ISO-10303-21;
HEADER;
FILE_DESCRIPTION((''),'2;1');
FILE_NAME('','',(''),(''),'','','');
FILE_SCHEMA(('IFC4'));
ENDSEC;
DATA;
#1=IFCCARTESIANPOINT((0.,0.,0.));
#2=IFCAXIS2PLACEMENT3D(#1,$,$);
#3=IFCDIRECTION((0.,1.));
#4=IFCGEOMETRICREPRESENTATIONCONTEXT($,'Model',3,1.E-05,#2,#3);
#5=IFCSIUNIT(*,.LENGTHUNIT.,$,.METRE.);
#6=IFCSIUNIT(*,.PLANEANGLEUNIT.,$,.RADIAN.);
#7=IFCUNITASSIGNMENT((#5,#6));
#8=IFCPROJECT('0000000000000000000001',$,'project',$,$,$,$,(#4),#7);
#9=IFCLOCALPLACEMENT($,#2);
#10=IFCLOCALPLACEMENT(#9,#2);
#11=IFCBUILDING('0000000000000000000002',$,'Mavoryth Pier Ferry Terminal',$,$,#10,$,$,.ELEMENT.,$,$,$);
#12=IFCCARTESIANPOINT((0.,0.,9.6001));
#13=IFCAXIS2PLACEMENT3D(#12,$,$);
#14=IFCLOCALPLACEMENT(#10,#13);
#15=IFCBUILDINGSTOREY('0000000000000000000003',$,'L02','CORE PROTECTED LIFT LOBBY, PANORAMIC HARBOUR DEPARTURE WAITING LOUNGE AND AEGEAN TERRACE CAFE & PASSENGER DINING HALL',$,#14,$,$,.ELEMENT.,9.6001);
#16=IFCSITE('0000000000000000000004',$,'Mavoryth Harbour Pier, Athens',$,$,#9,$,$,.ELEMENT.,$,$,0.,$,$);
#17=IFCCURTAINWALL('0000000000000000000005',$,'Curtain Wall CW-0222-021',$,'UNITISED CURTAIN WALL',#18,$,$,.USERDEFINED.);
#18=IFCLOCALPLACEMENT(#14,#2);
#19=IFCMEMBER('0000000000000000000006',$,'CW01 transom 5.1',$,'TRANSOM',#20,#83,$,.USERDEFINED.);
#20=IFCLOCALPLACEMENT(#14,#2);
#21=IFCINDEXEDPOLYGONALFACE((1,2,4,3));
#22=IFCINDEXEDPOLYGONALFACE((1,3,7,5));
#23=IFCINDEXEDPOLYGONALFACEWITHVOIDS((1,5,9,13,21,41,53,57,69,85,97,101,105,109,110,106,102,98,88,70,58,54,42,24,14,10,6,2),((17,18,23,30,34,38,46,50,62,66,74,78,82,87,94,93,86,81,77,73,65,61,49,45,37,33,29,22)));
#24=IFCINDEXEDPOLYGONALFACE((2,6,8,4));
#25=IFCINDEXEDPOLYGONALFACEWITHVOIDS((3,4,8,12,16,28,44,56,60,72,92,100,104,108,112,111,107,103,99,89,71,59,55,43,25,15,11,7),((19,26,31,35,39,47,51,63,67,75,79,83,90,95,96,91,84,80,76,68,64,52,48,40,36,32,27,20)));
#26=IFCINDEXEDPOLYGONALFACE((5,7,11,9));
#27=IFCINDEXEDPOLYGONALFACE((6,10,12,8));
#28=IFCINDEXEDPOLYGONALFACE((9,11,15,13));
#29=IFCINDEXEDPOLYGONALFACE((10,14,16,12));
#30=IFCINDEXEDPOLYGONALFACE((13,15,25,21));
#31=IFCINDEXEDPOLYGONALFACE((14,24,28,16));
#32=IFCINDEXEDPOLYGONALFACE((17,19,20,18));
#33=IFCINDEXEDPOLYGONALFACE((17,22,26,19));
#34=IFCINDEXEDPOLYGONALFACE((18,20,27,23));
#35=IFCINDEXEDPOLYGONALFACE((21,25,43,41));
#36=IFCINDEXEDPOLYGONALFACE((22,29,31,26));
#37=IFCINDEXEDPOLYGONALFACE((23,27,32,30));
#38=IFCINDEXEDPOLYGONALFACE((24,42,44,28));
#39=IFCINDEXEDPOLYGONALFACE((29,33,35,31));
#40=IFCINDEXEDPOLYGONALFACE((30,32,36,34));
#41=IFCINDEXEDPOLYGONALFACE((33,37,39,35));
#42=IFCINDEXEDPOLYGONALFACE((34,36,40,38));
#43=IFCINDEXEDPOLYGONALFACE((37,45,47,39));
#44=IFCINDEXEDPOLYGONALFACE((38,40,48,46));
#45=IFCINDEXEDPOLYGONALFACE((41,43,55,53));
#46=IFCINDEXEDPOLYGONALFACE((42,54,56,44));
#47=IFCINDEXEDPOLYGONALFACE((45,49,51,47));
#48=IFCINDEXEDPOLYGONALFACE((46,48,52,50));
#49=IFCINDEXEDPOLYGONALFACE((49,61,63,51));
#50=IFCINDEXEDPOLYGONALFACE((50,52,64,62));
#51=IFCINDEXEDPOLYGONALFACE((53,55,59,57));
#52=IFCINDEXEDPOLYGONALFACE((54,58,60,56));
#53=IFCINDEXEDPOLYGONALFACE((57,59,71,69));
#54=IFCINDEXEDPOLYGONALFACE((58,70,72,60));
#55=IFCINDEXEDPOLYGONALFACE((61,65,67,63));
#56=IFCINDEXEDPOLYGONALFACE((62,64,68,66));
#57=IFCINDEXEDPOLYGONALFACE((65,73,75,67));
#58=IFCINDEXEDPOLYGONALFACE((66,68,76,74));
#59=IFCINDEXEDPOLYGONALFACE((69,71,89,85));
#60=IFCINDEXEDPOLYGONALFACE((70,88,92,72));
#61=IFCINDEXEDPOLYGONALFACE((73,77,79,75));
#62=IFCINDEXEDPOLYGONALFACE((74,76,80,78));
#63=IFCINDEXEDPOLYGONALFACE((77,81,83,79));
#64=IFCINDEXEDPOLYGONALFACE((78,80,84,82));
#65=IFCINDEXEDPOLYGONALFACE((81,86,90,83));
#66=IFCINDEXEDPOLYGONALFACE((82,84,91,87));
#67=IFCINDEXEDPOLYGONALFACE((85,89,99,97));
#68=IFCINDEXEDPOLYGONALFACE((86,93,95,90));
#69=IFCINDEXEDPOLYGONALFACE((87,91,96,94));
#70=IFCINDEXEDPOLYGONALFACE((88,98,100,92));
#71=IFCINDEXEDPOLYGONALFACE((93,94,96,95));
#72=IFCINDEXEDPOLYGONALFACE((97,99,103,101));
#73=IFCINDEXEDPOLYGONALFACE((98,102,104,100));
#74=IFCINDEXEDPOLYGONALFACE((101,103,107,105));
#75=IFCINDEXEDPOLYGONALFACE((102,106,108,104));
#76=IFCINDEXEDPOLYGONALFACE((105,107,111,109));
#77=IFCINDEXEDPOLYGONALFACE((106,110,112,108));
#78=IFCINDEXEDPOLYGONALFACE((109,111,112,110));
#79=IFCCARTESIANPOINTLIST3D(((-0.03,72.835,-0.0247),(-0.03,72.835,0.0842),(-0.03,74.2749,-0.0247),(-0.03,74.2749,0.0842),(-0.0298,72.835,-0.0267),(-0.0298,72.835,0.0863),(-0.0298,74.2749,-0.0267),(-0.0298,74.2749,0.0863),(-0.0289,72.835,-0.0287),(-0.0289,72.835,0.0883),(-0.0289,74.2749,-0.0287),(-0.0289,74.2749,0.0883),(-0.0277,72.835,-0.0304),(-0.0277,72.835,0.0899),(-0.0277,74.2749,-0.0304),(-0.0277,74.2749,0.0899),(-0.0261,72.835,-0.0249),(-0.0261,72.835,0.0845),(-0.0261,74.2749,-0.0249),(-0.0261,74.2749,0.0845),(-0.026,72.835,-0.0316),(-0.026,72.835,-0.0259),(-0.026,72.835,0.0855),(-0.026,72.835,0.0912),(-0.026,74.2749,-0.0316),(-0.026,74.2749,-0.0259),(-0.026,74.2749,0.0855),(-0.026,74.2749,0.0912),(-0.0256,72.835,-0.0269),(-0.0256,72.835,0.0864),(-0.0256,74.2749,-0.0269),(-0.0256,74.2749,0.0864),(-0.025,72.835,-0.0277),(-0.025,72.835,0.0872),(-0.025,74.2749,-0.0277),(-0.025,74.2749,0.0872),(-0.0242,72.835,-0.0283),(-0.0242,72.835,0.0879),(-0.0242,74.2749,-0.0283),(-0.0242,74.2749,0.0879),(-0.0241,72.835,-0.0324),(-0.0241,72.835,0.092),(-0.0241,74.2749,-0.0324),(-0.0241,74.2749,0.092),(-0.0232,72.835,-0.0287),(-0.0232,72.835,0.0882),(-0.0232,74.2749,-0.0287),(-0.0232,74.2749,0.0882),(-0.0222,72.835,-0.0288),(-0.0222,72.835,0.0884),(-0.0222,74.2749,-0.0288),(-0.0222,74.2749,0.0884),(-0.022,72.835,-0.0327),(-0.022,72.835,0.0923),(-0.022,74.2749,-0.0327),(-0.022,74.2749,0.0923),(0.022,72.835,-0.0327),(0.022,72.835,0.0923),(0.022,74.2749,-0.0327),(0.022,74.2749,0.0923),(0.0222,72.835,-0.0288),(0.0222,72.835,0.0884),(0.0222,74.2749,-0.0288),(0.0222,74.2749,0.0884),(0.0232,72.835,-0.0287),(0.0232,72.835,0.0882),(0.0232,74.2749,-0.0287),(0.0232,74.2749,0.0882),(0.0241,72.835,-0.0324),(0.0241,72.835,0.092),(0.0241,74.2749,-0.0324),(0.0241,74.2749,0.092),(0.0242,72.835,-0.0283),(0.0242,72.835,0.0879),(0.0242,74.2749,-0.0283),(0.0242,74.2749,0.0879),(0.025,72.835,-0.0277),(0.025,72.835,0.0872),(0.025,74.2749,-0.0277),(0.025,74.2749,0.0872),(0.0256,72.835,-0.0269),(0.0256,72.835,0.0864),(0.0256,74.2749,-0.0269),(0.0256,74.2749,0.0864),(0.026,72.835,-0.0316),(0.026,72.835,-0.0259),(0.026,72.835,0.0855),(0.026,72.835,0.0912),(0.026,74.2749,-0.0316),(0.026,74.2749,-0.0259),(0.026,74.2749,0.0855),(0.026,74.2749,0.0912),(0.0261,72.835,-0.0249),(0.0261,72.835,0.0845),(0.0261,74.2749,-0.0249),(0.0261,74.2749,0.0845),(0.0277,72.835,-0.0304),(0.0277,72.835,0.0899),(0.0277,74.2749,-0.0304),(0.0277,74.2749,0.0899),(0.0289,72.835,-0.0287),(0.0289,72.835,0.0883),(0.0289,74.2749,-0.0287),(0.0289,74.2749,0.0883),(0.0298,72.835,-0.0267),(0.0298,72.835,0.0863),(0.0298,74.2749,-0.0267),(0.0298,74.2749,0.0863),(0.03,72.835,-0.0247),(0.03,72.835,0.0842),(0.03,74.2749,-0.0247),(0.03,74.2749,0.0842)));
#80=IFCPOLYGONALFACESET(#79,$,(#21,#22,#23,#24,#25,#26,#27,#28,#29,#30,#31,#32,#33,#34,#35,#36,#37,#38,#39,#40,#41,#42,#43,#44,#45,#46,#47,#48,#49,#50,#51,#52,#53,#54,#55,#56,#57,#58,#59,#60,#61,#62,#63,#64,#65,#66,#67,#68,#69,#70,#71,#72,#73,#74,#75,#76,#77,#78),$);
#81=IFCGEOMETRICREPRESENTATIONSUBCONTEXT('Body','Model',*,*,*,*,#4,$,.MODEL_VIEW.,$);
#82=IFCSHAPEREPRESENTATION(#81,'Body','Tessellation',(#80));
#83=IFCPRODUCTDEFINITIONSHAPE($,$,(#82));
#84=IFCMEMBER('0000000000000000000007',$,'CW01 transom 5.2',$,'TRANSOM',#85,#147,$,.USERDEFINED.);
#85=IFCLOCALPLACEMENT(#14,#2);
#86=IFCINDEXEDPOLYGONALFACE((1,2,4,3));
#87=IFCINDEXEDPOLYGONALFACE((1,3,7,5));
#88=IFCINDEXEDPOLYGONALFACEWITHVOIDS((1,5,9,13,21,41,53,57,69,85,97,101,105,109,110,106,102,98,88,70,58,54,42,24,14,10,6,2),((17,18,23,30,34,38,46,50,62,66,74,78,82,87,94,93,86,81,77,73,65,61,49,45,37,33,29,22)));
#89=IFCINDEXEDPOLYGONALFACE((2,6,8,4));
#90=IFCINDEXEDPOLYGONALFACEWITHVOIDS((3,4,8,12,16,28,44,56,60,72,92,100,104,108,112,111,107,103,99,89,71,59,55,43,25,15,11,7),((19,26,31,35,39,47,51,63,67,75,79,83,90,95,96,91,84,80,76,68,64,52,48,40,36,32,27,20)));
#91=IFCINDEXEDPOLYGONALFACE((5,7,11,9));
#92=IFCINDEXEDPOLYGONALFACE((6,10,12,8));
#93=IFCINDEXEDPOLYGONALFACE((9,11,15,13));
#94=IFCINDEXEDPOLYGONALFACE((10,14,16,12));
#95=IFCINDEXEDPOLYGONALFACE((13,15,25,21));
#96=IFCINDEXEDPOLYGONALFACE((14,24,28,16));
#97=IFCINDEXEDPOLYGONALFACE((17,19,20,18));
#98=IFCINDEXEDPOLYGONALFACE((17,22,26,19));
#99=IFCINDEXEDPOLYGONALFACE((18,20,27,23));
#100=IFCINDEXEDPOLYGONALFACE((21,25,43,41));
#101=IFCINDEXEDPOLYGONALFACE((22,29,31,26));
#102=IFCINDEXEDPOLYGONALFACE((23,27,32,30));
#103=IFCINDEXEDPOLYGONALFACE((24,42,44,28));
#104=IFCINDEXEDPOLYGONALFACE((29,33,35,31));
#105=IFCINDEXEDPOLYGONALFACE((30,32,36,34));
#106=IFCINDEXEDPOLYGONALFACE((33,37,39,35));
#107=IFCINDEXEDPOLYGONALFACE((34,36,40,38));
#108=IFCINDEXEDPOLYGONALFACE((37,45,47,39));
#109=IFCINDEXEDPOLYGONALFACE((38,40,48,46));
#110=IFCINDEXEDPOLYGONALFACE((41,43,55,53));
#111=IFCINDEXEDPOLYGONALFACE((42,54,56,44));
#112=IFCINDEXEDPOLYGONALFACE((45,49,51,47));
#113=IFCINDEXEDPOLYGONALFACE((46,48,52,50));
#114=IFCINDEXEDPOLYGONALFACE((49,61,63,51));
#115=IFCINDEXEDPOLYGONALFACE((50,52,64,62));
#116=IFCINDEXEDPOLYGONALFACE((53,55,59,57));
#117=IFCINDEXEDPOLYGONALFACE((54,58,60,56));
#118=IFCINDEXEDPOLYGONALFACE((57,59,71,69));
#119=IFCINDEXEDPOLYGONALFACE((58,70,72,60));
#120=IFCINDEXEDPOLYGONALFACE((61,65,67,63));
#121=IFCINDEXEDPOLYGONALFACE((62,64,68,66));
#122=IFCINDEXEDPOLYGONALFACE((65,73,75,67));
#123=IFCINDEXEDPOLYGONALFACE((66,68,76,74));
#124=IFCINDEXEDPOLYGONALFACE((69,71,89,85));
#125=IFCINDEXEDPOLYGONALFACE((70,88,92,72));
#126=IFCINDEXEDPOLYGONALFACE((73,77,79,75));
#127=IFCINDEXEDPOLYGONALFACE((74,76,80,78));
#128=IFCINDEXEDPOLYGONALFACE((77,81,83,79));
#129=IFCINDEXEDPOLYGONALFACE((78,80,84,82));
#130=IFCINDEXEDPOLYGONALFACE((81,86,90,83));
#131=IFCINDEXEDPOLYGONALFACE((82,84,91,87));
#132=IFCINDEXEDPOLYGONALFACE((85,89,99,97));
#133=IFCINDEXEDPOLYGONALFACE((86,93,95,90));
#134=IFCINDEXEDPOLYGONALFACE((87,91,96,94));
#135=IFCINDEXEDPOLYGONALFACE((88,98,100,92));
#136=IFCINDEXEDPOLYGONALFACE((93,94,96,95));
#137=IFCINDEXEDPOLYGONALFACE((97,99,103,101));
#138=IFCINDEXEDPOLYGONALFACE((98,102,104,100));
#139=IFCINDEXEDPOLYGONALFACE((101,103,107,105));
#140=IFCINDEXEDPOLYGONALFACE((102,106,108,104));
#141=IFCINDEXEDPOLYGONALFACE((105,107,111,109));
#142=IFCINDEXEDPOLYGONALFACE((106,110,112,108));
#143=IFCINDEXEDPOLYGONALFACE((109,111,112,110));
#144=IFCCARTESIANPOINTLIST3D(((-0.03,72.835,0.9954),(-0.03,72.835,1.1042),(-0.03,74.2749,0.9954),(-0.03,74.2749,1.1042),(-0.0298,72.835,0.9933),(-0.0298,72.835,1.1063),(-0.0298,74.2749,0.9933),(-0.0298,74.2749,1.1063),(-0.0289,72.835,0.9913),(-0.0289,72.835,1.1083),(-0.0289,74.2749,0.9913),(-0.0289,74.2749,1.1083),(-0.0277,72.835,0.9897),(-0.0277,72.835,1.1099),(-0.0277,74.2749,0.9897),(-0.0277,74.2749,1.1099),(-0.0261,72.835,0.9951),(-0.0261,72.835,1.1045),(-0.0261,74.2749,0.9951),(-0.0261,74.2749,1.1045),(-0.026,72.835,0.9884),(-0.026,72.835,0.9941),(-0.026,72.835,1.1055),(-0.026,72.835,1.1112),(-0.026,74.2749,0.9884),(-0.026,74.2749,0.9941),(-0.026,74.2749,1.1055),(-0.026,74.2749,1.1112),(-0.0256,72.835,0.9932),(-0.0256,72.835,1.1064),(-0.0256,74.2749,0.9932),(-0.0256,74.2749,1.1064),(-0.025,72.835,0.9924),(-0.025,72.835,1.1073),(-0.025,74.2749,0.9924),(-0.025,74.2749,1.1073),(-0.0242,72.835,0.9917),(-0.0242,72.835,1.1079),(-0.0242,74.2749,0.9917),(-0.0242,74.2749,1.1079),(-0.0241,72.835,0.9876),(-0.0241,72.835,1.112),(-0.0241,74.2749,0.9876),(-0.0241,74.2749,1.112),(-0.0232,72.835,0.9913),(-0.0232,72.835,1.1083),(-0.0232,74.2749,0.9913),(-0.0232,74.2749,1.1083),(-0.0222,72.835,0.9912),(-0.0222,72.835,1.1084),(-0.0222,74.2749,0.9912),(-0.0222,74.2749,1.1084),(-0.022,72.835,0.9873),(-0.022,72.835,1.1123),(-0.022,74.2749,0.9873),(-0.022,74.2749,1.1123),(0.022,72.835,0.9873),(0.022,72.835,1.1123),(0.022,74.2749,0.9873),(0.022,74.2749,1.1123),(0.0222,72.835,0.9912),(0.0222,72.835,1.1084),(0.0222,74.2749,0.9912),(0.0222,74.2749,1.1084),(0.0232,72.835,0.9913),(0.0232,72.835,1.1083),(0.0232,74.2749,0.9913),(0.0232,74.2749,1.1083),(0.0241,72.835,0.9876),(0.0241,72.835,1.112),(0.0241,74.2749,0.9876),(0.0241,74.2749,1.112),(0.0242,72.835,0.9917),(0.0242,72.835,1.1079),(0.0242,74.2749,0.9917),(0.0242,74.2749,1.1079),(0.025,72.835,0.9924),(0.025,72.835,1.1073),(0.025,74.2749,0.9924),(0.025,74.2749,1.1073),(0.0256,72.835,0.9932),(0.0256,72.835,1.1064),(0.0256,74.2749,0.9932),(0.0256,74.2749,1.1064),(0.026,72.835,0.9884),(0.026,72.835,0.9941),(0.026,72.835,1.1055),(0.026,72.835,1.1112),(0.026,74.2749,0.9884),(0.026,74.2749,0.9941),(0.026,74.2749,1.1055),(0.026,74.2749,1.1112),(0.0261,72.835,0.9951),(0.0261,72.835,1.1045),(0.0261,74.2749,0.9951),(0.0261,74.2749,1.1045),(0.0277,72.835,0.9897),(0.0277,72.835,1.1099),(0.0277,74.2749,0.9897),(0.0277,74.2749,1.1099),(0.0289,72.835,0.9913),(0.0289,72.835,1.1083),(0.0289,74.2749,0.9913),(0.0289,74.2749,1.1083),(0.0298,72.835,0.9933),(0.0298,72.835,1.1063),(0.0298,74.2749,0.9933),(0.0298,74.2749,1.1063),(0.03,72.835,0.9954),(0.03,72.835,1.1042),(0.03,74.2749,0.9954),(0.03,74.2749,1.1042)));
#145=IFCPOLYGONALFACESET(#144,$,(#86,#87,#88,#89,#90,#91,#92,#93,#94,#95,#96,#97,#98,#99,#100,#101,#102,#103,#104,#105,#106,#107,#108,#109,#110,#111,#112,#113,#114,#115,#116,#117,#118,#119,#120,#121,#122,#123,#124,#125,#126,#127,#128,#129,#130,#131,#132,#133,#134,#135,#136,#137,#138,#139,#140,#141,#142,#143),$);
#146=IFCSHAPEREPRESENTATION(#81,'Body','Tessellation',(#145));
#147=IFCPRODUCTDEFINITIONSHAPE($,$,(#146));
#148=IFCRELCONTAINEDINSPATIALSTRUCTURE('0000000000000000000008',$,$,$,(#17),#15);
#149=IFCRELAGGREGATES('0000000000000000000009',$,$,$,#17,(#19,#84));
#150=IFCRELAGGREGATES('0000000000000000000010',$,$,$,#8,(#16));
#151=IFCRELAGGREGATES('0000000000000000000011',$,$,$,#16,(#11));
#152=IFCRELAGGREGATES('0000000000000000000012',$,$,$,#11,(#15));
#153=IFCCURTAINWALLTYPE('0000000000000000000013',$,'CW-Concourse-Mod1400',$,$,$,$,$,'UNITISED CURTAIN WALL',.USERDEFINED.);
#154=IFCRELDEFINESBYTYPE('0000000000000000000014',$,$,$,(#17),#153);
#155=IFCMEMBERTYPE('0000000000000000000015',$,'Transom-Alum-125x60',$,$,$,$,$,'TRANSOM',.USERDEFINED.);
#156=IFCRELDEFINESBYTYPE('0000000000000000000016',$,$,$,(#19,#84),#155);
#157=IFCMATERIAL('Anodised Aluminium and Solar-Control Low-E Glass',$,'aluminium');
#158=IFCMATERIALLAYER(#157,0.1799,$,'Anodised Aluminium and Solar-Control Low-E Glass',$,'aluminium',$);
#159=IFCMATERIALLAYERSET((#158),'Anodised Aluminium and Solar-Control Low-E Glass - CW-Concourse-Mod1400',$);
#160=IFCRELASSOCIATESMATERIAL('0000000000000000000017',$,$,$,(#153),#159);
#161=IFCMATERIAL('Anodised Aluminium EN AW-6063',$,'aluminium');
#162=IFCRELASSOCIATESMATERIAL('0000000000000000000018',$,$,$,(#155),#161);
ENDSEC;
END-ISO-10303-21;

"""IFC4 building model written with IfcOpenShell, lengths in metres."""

from ifc_helpers import new_model, si_unit, direction, frame, origin, origin_2d, place, context, subcontext, project, spatial, hollow_rectangle, extrude, material, layer, layer_set, material_profile, profile_set, type_object, element, aggregate, save


model = new_model("IFC4")

# Units and contexts
model_context = context("Model", 3, precision=1e-05, world=origin(), true_north=direction((0.0, 1.0)))
body_context = subcontext(model_context, "Body", "Model", "MODEL_VIEW")
ifc_project = project(units=[si_unit("LENGTHUNIT", "METRE"), si_unit("PLANEANGLEUNIT", "RADIAN")], contexts=[model_context])

# Site, building, storey
site_placement = place(None, origin())
site = spatial("IfcSite", under=ifc_project, at=site_placement, Name="Mavoryth Harbour Pier, Athens", CompositionType="ELEMENT", RefElevation=0.0)
building_placement = place(site_placement, origin())
building = spatial("IfcBuilding", under=site, at=building_placement, Name="Mavoryth Pier Ferry Terminal", CompositionType="ELEMENT")
storey_placement = place(building_placement, frame((0.0, 0.0, 9.6001)))
storey = spatial("IfcBuildingStorey", under=building, at=storey_placement, Name="L02", Description="CORE PROTECTED LIFT LOBBY, PANORAMIC HARBOUR DEPARTURE WAITING LOUNGE AND AEGEAN TERRACE CAFE & PASSENGER DINING HALL", CompositionType="ELEMENT", Elevation=9.6001)

# Curtain wall
ifc_material_1 = material(Name="Anodised Aluminium and Solar-Control Low-E Glass", Category="aluminium")
ifc_layer_1 = layer(ifc_material_1, 0.1799, Name="Anodised Aluminium and Solar-Control Low-E Glass", Category="aluminium")
ifc_layer_set_1 = layer_set([ifc_layer_1], Name="Anodised Aluminium and Solar-Control Low-E Glass - CW-Concourse-Mod1400")
curtain_wall_type = type_object("IfcCurtainWallType", Name="CW-Concourse-Mod1400", ElementType="UNITISED CURTAIN WALL", PredefinedType="USERDEFINED", material=ifc_layer_set_1)
curtain_wall_placement = place(storey_placement, origin())
curtain_wall = element("IfcCurtainWall", 1, at=curtain_wall_placement, inside=storey, type_object=curtain_wall_type, Name="Curtain Wall CW-0222-021", ObjectType="UNITISED CURTAIN WALL", PredefinedType="USERDEFINED")
ifc_material_2 = material(Name="Anodised Aluminium EN AW-6063", Category="aluminium")

# Members
ifc_material_profile_1 = material_profile(ifc_material_2, hollow_rectangle(XDim=0.0601, YDim=0.125, WallThickness=0.0039, InnerFilletRadius=0.0039, OuterFilletRadius=0.0081, at=origin_2d()), Name="AL-TRAN 125x60x4", Category="aluminium")
ifc_profile_set_1 = profile_set([ifc_material_profile_1], Name="Anodised Aluminium EN AW-6063 - AL-TRAN 125x60x4")
member_type_1 = type_object("IfcMemberType", Name="Transom-Alum-125x60", ElementType="TRANSOM", PredefinedType="USERDEFINED", material=ifc_profile_set_1)
member_1_placement = place(storey_placement, frame((0.0, 74.2749, 0.0298), z_axis=(0.0, -1.0, 0.0), x_axis=(1.0, 0.0, 0.0)))
member_1 = element("IfcMember", 2, at=member_1_placement, type_object=member_type_1, Name="CW01 transom 5.1", ObjectType="TRANSOM", PredefinedType="USERDEFINED", context=body_context, shape_type="SweptSolid", body=[
    extrude(hollow_rectangle(XDim=0.0601, YDim=0.125, WallThickness=0.0039, InnerFilletRadius=0.0039, OuterFilletRadius=0.0081, at=origin_2d()), origin(), (0.0, 0.0, 1.0), 1.4399),
])
member_2_placement = place(storey_placement, frame((0.0, 74.2749, 1.0498), z_axis=(0.0, -1.0, 0.0), x_axis=(1.0, 0.0, 0.0)))
member_2 = element("IfcMember", 3, at=member_2_placement, type_object=member_type_1, Name="CW01 transom 5.2", ObjectType="TRANSOM", PredefinedType="USERDEFINED", context=body_context, shape_type="SweptSolid", body=[
    extrude(hollow_rectangle(XDim=0.0601, YDim=0.125, WallThickness=0.0039, InnerFilletRadius=0.0039, OuterFilletRadius=0.0081, at=origin_2d()), origin(), (0.0, 0.0, 1.0), 1.4399),
])

aggregate(curtain_wall, [member_1, member_2])

save(model, "model.ifc")
